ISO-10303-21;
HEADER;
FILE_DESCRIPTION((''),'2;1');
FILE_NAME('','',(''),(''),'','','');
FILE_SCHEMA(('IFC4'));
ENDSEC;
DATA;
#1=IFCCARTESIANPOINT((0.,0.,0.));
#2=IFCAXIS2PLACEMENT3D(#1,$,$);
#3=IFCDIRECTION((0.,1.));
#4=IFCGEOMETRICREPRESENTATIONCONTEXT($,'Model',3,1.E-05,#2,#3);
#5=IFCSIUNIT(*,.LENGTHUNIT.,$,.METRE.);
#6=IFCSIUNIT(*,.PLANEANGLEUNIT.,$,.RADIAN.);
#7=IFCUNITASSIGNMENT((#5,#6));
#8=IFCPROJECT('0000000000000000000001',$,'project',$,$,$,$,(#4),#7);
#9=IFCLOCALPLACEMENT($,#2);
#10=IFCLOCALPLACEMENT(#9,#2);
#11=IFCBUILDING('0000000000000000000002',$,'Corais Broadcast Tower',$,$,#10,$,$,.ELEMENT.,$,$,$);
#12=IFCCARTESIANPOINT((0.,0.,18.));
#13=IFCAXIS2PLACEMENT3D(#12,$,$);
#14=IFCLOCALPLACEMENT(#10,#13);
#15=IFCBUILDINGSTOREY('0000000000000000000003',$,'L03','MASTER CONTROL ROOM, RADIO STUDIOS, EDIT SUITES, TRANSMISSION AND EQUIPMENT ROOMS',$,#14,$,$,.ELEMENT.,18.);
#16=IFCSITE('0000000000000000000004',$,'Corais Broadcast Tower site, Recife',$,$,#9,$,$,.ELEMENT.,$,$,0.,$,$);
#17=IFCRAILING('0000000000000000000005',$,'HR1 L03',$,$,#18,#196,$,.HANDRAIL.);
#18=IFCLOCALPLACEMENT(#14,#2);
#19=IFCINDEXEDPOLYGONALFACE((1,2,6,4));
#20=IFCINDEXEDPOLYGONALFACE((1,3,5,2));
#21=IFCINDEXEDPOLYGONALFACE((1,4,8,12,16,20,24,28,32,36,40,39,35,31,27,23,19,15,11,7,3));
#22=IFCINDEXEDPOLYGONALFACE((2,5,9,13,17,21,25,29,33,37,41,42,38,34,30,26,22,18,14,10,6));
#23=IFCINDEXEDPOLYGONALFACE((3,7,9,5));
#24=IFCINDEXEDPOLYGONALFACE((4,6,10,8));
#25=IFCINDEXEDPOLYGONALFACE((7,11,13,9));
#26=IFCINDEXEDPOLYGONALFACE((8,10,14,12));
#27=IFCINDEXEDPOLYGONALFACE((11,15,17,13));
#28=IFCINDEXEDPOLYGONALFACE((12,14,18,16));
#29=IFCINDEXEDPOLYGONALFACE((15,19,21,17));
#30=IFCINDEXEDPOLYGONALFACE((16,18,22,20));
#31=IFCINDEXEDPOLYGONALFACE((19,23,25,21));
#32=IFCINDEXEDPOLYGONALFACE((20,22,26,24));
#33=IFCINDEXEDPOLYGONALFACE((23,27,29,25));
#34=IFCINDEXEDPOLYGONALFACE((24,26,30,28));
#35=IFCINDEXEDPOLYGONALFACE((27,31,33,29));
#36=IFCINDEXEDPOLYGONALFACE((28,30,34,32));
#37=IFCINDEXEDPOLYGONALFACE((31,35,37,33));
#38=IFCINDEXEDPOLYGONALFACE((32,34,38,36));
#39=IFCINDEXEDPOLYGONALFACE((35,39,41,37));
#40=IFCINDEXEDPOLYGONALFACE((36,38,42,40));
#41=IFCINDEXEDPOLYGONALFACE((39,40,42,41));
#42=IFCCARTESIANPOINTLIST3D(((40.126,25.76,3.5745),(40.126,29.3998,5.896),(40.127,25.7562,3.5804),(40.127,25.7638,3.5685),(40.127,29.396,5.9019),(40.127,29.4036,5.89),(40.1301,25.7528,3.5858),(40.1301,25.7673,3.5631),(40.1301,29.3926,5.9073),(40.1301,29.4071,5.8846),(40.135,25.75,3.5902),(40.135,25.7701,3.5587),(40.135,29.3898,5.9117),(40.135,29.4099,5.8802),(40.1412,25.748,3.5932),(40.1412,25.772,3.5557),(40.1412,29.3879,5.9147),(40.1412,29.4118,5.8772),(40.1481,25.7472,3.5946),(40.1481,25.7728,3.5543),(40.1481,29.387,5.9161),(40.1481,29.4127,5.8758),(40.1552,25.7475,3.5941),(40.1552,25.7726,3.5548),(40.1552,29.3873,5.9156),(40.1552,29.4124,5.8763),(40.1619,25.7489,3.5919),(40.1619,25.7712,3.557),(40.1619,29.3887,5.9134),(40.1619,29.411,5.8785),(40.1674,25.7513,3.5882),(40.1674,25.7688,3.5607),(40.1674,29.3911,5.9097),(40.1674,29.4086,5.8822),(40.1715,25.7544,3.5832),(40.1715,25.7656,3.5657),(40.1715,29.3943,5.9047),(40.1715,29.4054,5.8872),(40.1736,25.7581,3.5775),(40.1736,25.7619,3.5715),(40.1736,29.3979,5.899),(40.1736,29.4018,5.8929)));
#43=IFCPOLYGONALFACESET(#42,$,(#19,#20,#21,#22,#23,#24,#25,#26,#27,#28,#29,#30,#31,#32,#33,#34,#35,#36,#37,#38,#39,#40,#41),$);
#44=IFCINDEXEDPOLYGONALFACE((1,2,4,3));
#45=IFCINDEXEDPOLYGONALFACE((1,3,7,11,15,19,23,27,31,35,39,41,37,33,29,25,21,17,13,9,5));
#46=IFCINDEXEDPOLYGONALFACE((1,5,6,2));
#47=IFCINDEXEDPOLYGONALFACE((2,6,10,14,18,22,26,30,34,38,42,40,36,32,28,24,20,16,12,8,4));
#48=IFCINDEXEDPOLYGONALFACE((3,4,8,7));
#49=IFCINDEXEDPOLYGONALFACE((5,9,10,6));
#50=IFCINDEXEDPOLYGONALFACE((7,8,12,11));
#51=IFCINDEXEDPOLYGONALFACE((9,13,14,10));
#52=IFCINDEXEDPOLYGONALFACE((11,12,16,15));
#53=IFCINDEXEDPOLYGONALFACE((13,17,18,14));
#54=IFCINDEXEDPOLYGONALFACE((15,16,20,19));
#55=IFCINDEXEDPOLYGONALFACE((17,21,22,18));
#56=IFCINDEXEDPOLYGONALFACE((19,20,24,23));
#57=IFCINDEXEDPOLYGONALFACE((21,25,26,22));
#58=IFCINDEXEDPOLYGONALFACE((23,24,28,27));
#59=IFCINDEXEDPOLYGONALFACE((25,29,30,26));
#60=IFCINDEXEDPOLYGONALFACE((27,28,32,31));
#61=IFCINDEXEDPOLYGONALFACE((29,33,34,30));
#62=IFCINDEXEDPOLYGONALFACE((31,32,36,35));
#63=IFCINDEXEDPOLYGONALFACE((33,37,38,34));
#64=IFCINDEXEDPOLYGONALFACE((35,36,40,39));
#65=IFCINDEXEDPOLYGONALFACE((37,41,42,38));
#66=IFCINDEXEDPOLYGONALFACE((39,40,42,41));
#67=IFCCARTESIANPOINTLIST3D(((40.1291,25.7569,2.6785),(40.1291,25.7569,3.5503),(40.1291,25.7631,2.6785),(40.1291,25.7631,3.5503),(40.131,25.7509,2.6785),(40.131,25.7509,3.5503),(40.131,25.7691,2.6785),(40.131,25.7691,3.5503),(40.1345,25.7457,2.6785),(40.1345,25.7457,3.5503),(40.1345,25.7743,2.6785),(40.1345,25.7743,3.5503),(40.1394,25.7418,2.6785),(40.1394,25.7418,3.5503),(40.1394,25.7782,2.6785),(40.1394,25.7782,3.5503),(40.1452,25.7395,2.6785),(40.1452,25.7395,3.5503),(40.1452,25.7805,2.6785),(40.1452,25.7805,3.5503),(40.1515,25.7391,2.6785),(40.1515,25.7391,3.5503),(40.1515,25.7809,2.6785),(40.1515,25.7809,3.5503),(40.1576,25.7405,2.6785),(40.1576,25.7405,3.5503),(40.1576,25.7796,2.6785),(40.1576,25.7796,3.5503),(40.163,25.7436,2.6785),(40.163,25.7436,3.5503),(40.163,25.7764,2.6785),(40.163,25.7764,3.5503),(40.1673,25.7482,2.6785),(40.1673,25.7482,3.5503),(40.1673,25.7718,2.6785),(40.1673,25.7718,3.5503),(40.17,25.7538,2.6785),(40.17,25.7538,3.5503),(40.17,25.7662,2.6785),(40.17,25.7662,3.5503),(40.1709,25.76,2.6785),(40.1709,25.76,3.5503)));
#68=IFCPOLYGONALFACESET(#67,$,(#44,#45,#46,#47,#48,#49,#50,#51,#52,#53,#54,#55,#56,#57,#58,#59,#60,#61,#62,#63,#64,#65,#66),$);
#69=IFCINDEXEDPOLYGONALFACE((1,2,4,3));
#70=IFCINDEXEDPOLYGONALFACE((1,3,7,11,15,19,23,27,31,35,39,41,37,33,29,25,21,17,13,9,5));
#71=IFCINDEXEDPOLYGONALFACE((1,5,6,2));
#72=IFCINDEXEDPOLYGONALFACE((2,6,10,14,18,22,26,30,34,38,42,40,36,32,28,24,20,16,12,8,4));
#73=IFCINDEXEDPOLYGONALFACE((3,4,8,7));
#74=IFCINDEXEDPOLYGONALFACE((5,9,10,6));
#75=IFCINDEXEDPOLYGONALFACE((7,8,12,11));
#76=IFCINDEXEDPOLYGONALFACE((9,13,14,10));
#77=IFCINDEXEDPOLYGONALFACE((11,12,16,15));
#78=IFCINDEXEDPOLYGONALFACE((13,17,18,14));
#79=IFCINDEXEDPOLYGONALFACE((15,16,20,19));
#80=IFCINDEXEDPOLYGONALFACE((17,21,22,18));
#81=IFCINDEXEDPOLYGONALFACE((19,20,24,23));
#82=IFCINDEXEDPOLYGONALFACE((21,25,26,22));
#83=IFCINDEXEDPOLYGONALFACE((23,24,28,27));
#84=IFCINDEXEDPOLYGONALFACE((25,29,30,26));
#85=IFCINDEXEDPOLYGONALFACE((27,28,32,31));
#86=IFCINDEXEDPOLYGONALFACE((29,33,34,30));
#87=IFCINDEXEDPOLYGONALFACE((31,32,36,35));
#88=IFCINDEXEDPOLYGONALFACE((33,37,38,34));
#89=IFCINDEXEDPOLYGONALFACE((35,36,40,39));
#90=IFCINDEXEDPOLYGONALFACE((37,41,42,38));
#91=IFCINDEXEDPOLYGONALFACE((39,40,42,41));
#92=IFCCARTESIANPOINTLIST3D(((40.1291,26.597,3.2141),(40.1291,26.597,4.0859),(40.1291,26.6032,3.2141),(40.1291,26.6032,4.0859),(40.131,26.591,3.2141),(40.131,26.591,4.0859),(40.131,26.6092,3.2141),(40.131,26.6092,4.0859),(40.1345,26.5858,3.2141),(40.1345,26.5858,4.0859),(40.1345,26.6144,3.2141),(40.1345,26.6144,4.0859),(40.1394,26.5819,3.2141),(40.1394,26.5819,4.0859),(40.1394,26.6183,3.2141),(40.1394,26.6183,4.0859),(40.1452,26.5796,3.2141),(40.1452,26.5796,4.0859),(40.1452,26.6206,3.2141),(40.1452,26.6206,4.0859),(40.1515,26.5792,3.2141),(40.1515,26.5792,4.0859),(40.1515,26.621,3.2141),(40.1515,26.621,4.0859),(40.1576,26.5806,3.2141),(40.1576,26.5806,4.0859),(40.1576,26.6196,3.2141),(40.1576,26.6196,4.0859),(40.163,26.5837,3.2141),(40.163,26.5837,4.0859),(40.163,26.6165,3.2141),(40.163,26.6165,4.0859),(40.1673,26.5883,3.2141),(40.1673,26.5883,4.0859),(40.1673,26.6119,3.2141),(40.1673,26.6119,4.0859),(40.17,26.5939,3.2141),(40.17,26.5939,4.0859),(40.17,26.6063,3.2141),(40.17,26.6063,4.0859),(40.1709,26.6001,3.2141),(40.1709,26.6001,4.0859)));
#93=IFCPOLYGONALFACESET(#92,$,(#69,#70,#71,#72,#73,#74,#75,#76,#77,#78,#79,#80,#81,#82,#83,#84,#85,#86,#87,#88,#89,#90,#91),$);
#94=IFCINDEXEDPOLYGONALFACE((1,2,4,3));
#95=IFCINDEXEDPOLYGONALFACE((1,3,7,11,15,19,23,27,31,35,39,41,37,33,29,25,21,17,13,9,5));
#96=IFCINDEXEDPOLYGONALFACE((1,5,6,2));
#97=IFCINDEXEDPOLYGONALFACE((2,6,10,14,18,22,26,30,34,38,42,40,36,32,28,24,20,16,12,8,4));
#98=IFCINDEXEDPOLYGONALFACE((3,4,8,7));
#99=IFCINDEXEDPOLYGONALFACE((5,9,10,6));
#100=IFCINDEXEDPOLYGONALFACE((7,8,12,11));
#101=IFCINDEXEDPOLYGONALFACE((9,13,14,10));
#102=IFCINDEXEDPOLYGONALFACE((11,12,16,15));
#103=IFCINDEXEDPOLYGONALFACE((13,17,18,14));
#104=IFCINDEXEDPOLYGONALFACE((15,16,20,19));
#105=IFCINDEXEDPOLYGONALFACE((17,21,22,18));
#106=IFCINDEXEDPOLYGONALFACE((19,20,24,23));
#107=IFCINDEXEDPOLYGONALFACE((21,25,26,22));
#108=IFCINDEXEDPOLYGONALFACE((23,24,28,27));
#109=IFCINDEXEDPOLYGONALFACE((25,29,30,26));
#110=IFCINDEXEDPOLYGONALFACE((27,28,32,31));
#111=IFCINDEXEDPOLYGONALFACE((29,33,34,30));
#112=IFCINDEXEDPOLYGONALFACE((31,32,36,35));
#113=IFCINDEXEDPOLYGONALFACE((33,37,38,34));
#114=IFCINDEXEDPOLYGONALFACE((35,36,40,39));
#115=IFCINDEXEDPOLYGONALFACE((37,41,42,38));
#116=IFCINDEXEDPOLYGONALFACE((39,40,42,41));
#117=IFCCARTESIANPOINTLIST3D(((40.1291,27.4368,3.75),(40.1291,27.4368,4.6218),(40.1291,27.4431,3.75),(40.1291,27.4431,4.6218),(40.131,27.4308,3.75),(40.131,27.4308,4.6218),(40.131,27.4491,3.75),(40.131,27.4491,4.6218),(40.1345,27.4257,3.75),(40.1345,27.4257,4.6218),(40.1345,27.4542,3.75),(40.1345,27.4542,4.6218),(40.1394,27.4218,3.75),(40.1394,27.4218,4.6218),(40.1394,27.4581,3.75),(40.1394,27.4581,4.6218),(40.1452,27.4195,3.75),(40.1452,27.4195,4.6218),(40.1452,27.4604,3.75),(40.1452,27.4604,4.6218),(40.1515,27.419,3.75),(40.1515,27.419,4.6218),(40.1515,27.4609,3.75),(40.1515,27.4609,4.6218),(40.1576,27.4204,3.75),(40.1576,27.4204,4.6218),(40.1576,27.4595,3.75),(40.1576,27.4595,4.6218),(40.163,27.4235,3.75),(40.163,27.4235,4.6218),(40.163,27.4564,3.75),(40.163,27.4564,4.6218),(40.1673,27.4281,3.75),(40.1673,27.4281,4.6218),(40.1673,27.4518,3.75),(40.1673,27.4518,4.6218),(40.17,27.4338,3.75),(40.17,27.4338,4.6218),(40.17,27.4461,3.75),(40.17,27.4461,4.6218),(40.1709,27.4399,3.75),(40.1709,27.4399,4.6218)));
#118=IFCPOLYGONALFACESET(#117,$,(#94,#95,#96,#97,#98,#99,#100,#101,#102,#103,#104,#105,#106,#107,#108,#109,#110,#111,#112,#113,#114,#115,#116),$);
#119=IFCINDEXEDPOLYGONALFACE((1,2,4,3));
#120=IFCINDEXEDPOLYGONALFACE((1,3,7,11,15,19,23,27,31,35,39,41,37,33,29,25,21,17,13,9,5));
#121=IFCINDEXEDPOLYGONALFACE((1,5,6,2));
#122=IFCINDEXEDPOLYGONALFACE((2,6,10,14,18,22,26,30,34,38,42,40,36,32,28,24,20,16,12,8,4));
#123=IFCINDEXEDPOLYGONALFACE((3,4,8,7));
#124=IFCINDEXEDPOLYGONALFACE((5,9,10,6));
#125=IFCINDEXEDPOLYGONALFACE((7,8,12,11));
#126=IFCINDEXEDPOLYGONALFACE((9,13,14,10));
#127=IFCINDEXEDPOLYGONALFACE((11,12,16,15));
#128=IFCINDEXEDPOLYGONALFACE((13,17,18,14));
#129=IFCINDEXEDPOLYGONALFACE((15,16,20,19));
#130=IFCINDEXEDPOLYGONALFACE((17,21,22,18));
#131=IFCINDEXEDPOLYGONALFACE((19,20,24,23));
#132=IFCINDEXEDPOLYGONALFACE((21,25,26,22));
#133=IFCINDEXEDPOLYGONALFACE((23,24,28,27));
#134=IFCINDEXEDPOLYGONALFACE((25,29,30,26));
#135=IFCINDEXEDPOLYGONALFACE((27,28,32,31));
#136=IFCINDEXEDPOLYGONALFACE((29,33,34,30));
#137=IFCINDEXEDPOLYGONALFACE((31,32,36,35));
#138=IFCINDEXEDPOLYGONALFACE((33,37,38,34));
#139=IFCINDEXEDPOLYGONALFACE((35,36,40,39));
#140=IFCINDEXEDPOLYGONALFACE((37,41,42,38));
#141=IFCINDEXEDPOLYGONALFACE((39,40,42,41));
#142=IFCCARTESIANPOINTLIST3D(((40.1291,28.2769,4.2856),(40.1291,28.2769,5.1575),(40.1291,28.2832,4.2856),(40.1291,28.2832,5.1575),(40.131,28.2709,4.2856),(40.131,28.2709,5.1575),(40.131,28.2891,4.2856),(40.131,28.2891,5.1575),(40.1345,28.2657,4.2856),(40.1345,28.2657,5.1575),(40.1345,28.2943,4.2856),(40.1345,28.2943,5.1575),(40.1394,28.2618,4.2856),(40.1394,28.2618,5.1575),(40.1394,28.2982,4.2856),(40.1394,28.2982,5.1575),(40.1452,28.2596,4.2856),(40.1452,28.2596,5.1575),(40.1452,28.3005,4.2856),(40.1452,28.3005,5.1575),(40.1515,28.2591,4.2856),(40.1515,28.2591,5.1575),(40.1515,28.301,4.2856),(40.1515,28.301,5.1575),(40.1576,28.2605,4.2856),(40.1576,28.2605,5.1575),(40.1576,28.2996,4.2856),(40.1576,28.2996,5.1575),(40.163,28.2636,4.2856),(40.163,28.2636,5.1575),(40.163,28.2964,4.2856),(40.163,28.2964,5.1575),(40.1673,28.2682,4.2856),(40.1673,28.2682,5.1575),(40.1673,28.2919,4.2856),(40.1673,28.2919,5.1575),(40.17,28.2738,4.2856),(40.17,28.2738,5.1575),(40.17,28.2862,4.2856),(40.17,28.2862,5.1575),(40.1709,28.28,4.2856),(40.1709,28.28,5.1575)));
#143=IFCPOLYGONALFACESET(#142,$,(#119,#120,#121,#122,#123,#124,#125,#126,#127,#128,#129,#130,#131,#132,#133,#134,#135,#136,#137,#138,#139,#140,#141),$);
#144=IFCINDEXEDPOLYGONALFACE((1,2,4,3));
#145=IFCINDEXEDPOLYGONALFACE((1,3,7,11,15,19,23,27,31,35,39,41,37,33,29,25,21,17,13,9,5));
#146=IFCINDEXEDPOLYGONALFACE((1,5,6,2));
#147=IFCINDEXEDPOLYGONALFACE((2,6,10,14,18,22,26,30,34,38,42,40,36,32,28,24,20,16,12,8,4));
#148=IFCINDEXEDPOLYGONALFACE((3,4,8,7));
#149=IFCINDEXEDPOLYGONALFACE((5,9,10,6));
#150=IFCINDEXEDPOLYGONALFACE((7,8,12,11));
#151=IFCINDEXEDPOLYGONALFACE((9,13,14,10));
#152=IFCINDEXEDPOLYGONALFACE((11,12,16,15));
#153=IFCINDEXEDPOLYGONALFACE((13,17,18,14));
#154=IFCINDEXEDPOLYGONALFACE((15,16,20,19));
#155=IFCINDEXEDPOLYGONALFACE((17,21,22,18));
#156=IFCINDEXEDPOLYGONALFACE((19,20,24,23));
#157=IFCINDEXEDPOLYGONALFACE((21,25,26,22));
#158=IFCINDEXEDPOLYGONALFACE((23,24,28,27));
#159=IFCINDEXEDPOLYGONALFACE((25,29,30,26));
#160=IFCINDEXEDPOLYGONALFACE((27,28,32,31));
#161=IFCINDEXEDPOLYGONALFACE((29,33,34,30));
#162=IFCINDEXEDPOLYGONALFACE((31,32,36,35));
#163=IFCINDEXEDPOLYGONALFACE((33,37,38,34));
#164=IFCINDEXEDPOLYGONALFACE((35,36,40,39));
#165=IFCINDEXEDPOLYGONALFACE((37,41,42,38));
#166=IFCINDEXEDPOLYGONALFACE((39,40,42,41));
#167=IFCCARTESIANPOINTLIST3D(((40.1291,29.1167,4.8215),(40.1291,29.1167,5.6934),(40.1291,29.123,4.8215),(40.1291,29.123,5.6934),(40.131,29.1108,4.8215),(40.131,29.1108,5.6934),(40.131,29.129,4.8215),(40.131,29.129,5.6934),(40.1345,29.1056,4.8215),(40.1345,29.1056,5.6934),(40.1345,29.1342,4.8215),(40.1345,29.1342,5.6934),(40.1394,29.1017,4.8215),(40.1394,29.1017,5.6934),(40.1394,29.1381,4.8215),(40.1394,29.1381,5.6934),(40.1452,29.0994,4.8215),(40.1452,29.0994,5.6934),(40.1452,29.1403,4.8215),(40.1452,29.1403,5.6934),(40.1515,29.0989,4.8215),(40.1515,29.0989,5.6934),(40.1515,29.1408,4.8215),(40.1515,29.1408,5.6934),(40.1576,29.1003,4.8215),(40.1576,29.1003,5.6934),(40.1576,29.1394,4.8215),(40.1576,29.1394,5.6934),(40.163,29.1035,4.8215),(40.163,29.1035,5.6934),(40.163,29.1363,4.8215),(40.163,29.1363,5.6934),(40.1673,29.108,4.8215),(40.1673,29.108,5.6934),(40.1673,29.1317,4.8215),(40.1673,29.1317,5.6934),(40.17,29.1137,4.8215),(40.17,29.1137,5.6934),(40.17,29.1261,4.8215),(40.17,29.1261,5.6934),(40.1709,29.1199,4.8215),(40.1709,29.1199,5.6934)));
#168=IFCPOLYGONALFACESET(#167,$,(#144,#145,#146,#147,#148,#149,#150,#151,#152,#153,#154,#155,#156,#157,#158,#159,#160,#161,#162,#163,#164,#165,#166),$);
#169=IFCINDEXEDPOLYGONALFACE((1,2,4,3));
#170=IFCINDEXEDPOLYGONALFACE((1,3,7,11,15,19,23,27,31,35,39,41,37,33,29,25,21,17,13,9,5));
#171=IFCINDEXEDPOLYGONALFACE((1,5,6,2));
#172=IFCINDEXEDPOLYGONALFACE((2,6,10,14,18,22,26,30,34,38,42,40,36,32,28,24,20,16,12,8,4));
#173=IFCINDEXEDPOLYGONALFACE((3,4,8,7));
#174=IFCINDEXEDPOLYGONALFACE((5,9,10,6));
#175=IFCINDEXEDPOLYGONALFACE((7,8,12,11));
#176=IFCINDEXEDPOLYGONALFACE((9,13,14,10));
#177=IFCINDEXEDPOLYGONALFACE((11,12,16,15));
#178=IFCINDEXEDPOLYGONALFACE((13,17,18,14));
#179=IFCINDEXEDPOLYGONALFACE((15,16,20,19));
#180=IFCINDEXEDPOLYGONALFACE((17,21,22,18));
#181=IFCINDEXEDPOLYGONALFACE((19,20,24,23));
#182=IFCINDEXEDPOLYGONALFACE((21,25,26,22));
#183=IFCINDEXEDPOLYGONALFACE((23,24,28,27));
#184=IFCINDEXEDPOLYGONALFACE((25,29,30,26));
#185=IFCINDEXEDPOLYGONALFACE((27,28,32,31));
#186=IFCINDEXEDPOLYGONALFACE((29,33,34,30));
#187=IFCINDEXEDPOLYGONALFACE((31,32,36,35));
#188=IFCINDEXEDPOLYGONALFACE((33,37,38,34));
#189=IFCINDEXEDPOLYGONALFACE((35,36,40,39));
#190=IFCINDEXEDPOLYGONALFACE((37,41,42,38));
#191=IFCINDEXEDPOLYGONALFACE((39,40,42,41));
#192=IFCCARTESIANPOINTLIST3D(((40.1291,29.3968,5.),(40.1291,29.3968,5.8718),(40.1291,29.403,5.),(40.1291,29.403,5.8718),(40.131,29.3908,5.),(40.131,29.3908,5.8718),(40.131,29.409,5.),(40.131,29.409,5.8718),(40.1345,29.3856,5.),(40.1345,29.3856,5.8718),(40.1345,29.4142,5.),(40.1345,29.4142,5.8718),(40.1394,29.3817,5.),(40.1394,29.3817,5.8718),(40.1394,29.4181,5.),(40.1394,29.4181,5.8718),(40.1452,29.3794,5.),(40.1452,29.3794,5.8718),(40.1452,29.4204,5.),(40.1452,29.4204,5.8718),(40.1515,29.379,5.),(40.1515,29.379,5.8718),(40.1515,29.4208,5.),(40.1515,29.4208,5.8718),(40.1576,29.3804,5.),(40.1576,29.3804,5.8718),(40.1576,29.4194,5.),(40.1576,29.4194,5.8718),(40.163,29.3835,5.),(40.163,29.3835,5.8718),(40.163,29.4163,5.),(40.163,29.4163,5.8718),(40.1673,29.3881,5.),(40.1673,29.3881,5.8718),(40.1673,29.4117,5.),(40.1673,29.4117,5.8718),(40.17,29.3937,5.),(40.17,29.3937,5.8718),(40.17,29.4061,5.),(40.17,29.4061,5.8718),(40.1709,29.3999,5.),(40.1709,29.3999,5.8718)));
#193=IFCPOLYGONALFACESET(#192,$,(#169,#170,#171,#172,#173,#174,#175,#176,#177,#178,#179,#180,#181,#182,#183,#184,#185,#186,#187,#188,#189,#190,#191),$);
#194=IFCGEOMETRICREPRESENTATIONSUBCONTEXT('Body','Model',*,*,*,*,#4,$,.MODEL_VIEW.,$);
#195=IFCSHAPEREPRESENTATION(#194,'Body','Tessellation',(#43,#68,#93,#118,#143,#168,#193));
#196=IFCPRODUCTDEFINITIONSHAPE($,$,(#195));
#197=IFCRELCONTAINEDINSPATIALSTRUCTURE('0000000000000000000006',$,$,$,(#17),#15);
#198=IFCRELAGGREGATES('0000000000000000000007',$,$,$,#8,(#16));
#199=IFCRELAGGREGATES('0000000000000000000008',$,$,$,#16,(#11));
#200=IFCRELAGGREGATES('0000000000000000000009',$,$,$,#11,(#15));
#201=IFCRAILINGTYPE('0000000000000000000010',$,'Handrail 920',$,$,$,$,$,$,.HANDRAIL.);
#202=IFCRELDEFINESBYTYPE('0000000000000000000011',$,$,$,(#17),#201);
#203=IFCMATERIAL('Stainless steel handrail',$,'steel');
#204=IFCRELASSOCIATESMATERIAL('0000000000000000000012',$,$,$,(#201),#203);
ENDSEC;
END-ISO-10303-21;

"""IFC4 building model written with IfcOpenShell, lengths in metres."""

from ifc_helpers import new_model, si_unit, direction, frame, origin, origin_2d, place, context, subcontext, project, spatial, circle, extrude, material, type_object, element, save


model = new_model("IFC4")

# Units and contexts
model_context = context("Model", 3, precision=1e-05, world=origin(), true_north=direction((0.0, 1.0)))
body_context = subcontext(model_context, "Body", "Model", "MODEL_VIEW")
ifc_project = project(units=[si_unit("LENGTHUNIT", "METRE"), si_unit("PLANEANGLEUNIT", "RADIAN")], contexts=[model_context])

# Site, building, storey
site_placement = place(None, origin())
site = spatial("IfcSite", under=ifc_project, at=site_placement, Name="Corais Broadcast Tower site, Recife", CompositionType="ELEMENT", RefElevation=0.0)
building_placement = place(site_placement, origin())
building = spatial("IfcBuilding", under=site, at=building_placement, Name="Corais Broadcast Tower", CompositionType="ELEMENT")
storey_placement = place(building_placement, frame((0.0, 0.0, 18.0)))
storey = spatial("IfcBuildingStorey", under=building, at=storey_placement, Name="L03", Description="MASTER CONTROL ROOM, RADIO STUDIOS, EDIT SUITES, TRANSMISSION AND EQUIPMENT ROOMS", CompositionType="ELEMENT", Elevation=18.0)

# Railing
ifc_material_1 = material(Name="Stainless steel handrail", Category="steel")
railing_type = type_object("IfcRailingType", Name="Handrail 920", PredefinedType="HANDRAIL", material=ifc_material_1)
for number, where, name in (
    (1, (40.1499, 25.76, 2.6785), "HR1 L03"),
):
    element("IfcRailing", number, at=place(storey_placement, frame(where)), inside=storey, type_object=railing_type, Name=name, PredefinedType="HANDRAIL", context=body_context, shape_type="SweptSolid", body=[
        extrude(circle(Radius=0.0239, at=origin_2d()), frame((0.0, 0.0, 0.896), z_axis=(0.0, 0.843112, 0.537739), x_axis=(-1.0, 0.0, 0.0)), (0.0, 0.0, 1.0), 4.3171),
        extrude(circle(Radius=0.021, at=origin_2d()), origin(), (0.0, 0.0, 1.0), 0.8718),
        extrude(circle(Radius=0.021, at=origin_2d()), frame((0.0, 0.8401, 0.5356)), (0.0, 0.0, 1.0), 0.8718),
        extrude(circle(Radius=0.021, at=origin_2d()), frame((0.0, 1.6799, 1.0715)), (0.0, 0.0, 1.0), 0.8718),
        extrude(circle(Radius=0.021, at=origin_2d()), frame((0.0, 2.52, 1.6072)), (0.0, 0.0, 1.0), 0.8718),
        extrude(circle(Radius=0.021, at=origin_2d()), frame((0.0, 3.3599, 2.1431)), (0.0, 0.0, 1.0), 0.8718),
        extrude(circle(Radius=0.021, at=origin_2d()), frame((0.0, 3.6399, 2.3215)), (0.0, 0.0, 1.0), 0.8718),
    ])

save(model, "model.ifc")
